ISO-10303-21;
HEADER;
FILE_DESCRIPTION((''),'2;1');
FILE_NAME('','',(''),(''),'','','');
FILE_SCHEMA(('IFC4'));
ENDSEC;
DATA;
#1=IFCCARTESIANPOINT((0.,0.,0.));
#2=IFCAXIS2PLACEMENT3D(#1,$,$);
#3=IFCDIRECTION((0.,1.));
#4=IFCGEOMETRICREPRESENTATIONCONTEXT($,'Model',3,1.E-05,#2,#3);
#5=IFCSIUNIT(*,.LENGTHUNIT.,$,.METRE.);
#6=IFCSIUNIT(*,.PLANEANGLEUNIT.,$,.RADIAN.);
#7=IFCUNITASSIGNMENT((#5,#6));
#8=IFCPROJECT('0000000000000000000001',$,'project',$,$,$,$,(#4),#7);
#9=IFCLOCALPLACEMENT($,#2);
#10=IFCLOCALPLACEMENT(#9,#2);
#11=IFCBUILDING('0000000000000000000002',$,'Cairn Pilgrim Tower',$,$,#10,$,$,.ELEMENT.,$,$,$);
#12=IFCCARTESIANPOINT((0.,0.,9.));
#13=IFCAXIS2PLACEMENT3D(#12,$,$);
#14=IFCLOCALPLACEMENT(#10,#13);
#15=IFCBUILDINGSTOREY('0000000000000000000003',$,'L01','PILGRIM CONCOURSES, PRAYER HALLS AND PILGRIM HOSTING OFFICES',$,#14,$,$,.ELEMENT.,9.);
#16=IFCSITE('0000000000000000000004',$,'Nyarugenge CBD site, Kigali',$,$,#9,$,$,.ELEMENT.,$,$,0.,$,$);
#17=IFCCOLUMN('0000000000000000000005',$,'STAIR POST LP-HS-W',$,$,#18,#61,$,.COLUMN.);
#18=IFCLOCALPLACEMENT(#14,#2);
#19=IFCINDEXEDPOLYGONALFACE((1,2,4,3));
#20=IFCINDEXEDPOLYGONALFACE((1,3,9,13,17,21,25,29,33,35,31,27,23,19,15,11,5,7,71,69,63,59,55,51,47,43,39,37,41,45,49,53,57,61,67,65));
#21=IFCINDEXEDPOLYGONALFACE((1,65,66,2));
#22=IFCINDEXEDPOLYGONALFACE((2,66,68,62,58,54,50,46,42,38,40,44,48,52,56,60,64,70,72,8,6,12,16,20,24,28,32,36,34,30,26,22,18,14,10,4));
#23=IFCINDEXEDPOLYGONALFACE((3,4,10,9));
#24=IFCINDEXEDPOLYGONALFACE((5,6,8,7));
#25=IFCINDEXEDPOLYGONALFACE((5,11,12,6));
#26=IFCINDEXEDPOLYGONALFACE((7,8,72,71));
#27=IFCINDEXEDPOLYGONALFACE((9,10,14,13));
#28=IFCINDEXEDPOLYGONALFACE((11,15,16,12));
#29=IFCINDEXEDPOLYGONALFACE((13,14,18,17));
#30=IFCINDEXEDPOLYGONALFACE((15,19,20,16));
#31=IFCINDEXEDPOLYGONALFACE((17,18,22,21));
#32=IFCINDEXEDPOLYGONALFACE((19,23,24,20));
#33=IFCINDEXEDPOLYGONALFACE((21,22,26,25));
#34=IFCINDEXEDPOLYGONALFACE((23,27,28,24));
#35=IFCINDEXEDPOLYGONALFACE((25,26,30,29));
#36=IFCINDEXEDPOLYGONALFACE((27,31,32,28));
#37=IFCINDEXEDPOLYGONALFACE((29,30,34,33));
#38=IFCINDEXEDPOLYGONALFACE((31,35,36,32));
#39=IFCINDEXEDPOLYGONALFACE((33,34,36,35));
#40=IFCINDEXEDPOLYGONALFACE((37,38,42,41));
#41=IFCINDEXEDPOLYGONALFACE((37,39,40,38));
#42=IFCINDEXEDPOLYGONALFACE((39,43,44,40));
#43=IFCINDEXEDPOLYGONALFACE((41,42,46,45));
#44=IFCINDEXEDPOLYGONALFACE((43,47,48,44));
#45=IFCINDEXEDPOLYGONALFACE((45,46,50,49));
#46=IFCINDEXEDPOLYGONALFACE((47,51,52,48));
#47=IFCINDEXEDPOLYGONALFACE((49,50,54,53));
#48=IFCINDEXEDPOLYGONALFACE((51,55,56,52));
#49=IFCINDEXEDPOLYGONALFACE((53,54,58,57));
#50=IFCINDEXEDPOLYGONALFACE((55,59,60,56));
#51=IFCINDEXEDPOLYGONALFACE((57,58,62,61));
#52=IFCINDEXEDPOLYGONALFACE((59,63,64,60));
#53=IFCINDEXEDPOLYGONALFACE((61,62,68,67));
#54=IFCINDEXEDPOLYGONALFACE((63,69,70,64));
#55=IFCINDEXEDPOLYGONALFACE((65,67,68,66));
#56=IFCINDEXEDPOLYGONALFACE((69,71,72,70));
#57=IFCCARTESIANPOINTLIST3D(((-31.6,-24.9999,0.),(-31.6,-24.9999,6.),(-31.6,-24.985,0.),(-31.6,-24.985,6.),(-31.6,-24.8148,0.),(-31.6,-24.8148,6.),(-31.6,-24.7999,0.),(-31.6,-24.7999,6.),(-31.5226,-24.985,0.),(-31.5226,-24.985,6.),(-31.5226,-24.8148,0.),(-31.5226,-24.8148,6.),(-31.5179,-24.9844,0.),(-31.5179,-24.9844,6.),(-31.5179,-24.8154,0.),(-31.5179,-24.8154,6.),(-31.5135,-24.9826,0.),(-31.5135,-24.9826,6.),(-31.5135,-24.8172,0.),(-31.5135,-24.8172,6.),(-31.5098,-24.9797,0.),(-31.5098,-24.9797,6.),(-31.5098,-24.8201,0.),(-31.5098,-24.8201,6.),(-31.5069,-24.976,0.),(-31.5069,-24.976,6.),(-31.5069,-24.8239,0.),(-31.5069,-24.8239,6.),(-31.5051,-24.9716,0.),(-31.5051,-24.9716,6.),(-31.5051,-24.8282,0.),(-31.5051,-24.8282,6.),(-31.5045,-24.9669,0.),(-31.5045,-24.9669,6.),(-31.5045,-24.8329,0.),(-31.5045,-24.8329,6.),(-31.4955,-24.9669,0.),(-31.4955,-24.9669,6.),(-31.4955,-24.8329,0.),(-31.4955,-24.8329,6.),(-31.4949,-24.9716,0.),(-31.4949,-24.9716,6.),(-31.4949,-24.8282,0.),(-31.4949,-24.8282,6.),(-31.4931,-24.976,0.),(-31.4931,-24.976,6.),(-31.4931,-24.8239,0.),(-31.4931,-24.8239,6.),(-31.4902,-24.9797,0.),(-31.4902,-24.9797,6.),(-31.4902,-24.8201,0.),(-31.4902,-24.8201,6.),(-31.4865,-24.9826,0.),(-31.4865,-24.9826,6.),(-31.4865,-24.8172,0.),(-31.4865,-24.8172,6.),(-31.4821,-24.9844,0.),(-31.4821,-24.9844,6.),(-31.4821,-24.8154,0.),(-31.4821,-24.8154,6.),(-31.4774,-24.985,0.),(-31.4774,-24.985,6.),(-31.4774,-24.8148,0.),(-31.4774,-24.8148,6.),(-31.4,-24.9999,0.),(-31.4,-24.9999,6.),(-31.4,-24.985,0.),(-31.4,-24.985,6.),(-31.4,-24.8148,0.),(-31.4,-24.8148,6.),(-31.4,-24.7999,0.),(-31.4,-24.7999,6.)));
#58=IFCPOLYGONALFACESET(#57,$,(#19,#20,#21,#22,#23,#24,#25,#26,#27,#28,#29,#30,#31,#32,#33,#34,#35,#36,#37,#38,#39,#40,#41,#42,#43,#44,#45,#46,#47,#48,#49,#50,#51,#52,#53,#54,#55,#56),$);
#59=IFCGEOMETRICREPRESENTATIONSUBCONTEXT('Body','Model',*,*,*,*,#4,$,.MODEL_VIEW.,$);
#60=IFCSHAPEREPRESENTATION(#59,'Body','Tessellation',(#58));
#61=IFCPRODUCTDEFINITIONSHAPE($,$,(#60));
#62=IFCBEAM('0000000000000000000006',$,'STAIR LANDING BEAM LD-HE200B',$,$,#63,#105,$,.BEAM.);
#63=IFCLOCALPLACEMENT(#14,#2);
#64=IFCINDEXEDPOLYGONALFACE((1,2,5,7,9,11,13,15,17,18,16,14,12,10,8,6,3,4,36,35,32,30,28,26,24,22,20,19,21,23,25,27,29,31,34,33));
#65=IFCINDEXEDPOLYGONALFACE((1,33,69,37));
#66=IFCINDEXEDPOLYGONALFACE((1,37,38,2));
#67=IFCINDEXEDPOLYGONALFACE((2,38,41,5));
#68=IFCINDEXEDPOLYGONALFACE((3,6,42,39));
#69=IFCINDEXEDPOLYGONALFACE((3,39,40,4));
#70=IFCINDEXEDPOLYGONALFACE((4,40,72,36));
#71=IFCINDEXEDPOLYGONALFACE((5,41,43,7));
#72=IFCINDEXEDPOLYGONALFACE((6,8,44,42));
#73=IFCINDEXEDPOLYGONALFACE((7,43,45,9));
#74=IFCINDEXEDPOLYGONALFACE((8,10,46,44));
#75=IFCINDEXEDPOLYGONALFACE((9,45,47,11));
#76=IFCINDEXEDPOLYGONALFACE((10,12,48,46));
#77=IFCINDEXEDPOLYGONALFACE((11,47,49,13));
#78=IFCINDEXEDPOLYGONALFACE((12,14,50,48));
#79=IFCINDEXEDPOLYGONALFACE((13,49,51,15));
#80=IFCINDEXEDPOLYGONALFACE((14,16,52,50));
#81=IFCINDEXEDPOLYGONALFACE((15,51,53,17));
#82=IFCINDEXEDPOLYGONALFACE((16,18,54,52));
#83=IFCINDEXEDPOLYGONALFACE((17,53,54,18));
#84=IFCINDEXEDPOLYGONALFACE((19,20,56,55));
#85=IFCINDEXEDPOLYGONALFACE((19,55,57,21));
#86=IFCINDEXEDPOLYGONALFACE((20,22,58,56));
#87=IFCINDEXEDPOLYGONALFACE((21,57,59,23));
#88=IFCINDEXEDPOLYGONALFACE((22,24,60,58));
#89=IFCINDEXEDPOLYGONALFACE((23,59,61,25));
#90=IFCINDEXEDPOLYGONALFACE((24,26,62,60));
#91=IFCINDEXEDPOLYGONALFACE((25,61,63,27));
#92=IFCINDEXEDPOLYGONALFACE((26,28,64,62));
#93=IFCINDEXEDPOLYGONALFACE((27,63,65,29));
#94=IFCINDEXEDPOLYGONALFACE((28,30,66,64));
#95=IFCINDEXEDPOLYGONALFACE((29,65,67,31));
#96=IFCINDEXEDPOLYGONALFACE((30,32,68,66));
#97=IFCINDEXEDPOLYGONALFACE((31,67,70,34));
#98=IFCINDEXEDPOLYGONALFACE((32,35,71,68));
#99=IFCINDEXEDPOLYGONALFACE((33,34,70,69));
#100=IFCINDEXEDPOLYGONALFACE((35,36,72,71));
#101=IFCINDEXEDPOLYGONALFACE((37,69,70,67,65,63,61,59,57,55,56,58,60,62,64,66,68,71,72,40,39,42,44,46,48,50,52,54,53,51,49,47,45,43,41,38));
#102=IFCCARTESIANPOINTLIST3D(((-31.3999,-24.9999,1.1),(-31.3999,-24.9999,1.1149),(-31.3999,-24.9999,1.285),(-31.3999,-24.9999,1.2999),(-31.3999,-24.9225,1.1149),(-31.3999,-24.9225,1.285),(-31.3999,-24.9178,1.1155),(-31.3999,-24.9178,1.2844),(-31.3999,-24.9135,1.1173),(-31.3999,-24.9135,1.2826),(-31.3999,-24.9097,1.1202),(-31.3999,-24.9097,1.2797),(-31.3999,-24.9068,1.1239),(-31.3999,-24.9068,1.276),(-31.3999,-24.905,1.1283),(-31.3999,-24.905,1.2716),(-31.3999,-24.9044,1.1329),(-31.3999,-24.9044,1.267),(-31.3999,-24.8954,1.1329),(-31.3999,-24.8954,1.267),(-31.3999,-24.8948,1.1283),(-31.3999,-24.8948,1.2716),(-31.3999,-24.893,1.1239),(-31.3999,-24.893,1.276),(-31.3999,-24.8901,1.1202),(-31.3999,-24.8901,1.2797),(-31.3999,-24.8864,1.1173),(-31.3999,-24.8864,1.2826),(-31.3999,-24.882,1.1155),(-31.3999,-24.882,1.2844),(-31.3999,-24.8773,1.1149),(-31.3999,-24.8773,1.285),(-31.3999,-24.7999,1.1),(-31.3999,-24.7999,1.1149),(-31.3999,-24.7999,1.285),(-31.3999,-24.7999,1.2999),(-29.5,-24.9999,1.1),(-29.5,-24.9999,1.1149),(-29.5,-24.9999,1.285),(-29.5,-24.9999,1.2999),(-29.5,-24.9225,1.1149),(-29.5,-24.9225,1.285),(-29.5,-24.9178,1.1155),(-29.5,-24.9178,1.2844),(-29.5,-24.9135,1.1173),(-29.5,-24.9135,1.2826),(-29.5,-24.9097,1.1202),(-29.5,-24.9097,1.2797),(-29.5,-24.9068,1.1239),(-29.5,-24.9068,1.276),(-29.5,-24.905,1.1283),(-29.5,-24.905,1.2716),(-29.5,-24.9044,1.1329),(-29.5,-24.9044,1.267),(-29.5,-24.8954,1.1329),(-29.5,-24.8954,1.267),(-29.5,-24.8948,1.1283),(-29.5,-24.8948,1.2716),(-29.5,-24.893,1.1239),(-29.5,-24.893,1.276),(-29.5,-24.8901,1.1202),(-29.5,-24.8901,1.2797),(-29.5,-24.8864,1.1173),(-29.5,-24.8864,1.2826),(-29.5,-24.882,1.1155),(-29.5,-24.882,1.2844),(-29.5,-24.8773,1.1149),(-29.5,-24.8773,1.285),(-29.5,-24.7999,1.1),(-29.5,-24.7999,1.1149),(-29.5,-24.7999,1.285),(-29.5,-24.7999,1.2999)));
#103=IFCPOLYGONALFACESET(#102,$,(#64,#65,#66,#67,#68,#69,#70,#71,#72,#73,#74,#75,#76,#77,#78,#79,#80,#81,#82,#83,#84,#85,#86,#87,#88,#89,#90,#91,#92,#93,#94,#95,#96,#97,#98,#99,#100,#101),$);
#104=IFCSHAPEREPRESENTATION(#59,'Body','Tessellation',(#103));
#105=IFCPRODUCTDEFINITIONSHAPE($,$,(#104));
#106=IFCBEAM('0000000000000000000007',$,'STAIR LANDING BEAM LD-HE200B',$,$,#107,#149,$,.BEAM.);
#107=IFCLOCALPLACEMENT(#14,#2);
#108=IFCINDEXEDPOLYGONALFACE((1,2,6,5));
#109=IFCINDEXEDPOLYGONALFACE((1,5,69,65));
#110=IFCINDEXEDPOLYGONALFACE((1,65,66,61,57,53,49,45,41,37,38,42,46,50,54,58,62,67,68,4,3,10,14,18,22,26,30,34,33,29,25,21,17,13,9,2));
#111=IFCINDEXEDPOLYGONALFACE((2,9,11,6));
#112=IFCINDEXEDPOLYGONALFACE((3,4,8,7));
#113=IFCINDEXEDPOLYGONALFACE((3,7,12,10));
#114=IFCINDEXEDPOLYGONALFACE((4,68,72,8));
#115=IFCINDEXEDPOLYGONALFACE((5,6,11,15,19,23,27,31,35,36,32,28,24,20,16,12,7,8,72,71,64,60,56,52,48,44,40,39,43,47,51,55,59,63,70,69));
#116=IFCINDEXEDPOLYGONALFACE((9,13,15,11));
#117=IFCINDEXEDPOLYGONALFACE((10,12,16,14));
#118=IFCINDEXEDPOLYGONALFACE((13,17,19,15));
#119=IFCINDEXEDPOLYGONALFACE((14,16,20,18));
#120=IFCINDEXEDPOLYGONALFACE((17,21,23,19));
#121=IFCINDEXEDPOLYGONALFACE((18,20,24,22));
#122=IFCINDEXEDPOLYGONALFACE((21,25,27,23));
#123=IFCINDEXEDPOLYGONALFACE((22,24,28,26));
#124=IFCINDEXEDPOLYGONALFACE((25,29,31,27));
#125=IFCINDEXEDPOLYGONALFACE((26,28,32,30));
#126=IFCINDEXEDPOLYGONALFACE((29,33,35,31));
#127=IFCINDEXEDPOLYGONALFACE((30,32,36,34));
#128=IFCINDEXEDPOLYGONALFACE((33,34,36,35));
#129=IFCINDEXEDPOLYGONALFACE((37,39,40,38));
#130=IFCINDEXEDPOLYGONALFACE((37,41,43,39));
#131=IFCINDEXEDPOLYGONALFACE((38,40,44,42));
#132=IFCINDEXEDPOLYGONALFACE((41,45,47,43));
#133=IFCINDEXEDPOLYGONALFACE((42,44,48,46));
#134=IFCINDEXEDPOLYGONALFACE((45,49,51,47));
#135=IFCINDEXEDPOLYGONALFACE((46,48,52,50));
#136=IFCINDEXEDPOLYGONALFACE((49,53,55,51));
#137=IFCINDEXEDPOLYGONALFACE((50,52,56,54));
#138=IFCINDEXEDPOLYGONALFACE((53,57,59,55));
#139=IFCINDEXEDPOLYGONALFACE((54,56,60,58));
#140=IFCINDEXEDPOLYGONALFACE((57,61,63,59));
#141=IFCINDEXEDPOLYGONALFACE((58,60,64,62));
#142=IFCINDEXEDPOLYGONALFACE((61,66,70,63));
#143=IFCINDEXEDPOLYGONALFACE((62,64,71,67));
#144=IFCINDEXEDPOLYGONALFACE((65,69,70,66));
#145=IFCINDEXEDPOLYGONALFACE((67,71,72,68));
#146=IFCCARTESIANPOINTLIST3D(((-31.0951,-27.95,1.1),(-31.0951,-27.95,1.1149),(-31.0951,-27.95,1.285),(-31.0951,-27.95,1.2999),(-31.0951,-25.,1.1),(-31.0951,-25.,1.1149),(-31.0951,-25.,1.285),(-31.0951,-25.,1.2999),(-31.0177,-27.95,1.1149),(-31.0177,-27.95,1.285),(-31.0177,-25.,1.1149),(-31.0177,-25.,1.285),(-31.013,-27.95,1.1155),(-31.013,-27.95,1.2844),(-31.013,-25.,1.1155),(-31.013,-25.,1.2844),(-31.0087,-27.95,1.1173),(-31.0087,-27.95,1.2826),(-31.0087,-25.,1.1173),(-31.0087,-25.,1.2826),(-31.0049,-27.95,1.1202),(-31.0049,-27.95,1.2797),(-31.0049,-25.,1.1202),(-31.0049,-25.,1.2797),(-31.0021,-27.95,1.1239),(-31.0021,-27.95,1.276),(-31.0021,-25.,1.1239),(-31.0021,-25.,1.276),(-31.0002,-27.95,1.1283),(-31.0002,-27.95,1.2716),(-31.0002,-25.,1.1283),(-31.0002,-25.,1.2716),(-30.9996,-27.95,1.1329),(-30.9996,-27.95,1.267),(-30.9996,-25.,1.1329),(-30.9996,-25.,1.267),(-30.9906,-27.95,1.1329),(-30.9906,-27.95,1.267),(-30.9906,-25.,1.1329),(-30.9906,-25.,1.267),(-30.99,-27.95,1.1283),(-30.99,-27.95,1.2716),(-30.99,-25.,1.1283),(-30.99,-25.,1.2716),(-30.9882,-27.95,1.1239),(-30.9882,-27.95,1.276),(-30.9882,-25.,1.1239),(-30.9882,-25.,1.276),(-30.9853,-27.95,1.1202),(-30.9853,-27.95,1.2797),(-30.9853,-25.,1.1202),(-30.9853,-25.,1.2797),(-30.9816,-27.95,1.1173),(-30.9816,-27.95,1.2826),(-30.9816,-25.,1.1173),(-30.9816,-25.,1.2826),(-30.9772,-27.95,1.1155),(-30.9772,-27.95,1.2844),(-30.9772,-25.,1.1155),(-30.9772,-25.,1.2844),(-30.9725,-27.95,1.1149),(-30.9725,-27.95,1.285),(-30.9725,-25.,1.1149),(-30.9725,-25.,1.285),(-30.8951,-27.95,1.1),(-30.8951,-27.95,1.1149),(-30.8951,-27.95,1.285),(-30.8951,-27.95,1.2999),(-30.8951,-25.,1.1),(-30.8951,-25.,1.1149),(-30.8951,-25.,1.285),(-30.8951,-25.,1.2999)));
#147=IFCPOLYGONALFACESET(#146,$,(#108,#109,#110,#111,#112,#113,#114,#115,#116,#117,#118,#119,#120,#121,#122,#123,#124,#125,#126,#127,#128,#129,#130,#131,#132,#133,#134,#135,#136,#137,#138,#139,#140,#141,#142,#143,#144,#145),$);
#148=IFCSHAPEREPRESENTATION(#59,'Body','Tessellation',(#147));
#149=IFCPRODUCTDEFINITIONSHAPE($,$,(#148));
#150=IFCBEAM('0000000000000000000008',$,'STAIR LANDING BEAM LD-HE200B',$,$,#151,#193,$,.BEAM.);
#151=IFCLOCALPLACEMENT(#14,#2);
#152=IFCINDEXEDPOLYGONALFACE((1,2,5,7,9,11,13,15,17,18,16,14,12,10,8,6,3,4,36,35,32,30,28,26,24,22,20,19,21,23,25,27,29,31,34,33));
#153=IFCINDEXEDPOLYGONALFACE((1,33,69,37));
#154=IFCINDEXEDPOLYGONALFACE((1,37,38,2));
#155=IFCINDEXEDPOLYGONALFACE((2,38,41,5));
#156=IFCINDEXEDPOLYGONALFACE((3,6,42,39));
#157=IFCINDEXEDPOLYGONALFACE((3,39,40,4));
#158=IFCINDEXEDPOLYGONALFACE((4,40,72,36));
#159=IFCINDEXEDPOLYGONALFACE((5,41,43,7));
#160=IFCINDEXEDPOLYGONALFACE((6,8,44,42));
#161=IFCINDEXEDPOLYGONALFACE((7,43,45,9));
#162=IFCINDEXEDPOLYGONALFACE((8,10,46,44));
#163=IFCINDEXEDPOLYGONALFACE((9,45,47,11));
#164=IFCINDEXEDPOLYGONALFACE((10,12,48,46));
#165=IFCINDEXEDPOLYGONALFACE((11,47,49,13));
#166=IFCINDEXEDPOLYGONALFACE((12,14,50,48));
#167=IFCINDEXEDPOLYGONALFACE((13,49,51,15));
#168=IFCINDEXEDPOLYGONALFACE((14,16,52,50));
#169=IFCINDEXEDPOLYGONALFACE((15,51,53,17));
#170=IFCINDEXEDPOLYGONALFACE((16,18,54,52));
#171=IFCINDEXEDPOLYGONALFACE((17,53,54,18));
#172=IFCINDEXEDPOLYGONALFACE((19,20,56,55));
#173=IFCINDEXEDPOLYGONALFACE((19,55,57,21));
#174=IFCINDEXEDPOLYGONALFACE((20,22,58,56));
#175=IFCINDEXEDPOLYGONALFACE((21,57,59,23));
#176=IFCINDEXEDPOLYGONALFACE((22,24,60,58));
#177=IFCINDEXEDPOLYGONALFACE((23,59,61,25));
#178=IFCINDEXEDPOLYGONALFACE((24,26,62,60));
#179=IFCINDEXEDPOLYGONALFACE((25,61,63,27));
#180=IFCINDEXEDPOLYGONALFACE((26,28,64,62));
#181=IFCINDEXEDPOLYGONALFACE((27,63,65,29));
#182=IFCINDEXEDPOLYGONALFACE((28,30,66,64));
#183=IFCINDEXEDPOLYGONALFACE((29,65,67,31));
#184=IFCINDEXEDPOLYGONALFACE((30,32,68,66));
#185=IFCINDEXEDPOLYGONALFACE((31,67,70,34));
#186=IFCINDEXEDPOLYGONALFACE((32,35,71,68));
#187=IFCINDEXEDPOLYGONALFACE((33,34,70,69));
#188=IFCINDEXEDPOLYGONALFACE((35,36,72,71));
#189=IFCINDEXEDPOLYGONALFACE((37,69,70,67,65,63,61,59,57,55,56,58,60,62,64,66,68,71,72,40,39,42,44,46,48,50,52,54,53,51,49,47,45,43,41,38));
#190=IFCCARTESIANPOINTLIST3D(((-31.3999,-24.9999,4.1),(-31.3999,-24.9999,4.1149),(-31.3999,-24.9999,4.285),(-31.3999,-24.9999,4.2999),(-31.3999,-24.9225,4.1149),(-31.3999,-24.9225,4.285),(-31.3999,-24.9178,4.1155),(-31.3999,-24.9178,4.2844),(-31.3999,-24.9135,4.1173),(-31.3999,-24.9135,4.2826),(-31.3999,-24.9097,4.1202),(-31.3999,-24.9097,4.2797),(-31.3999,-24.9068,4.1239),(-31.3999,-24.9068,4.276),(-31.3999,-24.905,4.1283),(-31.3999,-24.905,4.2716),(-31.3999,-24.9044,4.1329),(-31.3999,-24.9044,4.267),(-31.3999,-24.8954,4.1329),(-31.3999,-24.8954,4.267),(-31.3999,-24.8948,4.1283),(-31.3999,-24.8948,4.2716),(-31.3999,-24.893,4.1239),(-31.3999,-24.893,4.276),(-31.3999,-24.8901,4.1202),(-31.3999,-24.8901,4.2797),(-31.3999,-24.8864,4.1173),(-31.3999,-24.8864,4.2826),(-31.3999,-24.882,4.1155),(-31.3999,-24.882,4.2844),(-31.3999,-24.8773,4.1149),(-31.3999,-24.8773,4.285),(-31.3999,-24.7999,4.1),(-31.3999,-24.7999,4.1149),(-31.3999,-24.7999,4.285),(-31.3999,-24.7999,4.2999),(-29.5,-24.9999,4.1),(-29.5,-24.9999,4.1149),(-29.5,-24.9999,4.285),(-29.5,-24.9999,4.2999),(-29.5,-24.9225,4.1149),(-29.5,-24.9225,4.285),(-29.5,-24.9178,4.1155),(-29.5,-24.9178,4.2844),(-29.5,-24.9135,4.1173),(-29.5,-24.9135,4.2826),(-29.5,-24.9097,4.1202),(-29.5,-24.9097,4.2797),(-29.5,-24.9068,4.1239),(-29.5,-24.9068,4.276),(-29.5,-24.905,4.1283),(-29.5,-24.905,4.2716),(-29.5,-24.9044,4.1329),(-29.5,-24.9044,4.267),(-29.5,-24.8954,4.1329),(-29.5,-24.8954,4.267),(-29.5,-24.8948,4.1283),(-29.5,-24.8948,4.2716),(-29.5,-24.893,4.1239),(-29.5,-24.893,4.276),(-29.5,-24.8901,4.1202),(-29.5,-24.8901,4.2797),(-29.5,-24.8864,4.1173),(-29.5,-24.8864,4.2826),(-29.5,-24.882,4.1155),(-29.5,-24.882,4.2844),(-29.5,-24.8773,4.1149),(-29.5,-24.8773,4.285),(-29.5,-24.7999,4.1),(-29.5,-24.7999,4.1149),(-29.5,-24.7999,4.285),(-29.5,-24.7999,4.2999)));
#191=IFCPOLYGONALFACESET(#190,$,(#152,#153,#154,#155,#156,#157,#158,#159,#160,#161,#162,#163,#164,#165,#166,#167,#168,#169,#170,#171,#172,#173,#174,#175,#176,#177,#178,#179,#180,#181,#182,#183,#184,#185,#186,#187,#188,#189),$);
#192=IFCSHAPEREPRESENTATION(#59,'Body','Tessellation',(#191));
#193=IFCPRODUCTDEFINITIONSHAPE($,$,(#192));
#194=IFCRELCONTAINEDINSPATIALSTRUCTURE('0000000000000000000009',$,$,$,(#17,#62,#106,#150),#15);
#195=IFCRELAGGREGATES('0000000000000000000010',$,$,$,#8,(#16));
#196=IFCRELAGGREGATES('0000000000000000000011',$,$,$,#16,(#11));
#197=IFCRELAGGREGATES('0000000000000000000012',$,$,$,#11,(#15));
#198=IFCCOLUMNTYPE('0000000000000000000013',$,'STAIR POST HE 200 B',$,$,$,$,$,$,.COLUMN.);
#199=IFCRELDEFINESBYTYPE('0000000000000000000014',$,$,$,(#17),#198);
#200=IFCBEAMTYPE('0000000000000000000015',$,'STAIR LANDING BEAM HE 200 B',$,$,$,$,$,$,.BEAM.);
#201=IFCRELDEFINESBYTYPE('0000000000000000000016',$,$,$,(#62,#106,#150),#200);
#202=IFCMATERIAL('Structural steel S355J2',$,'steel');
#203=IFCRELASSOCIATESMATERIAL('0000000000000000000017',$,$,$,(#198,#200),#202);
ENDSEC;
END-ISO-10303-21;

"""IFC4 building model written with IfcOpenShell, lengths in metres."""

from ifc_helpers import new_model, si_unit, direction, frame, origin, origin_2d, place, context, subcontext, project, spatial, i_section, extrude, material, material_profile, profile_set, type_object, element, save


model = new_model("IFC4")

# Units and contexts
model_context = context("Model", 3, precision=1e-05, world=origin(), true_north=direction((0.0, 1.0)))
body_context = subcontext(model_context, "Body", "Model", "MODEL_VIEW")
ifc_project = project(units=[si_unit("LENGTHUNIT", "METRE"), si_unit("PLANEANGLEUNIT", "RADIAN")], contexts=[model_context])

# Site, building, storey
site_placement = place(None, origin())
site = spatial("IfcSite", under=ifc_project, at=site_placement, Name="Nyarugenge CBD site, Kigali", CompositionType="ELEMENT", RefElevation=0.0)
building_placement = place(site_placement, origin())
building = spatial("IfcBuilding", under=site, at=building_placement, Name="Cairn Pilgrim Tower", CompositionType="ELEMENT")
storey_placement = place(building_placement, frame((0.0, 0.0, 9.0)))
storey = spatial("IfcBuildingStorey", under=building, at=storey_placement, Name="L01", Description="PILGRIM CONCOURSES, PRAYER HALLS AND PILGRIM HOSTING OFFICES", CompositionType="ELEMENT", Elevation=9.0)

# Column
ifc_material_1 = material(Name="Structural steel S355J2", Category="steel")
ifc_material_profile_1 = material_profile(ifc_material_1, i_section(OverallWidth=0.2, OverallDepth=0.2, WebThickness=0.009, FlangeThickness=0.0149, FilletRadius=0.0181, at=origin_2d()), Name="HE 200 B")
ifc_profile_set_1 = profile_set([ifc_material_profile_1], Name="Structural steel S355J2")
column_type = type_object("IfcColumnType", Name="STAIR POST HE 200 B", PredefinedType="COLUMN", material=ifc_profile_set_1)
column_placement = place(storey_placement, frame((-31.5, -24.8999, 0.0), z_axis=(0.0, 0.0, 1.0), x_axis=(1.0, 0.0, 0.0)))
element("IfcColumn", 1, at=column_placement, inside=storey, type_object=column_type, Name="STAIR POST LP-HS-W", PredefinedType="COLUMN", context=body_context, shape_type="SweptSolid", body=[
    extrude(i_section(OverallWidth=0.2, OverallDepth=0.2, WebThickness=0.009, FlangeThickness=0.0149, FilletRadius=0.0181, at=origin_2d()), origin(), (0.0, 0.0, 1.0), 6.0),
])

# Beams
ifc_material_profile_2 = material_profile(ifc_material_1, i_section(OverallWidth=0.2, OverallDepth=0.2, WebThickness=0.009, FlangeThickness=0.0149, FilletRadius=0.0181, at=origin_2d()), Name="HE 200 B")
ifc_profile_set_2 = profile_set([ifc_material_profile_2], Name="Structural steel S355J2")
beam_type_1 = type_object("IfcBeamType", Name="STAIR LANDING BEAM HE 200 B", PredefinedType="BEAM", material=ifc_profile_set_2)
beam_1_placement = place(storey_placement, frame((-31.3999, -24.8999, 1.2), z_axis=(1.0, 0.0, 0.0), x_axis=(0.0, 1.0, 0.0)))
element("IfcBeam", 2, at=beam_1_placement, inside=storey, type_object=beam_type_1, Name="STAIR LANDING BEAM LD-HE200B", PredefinedType="BEAM", context=body_context, shape_type="SweptSolid", body=[
    extrude(i_section(OverallWidth=0.2, OverallDepth=0.2, WebThickness=0.009, FlangeThickness=0.0149, FilletRadius=0.0181, at=origin_2d()), origin(), (0.0, 0.0, 1.0), 1.8999),
])
beam_2_placement = place(storey_placement, frame((-30.9951, -27.95, 1.2), z_axis=(0.0, 1.0, 0.0), x_axis=(-1.0, 0.0, 0.0)))
element("IfcBeam", 3, at=beam_2_placement, inside=storey, type_object=beam_type_1, Name="STAIR LANDING BEAM LD-HE200B", PredefinedType="BEAM", context=body_context, shape_type="SweptSolid", body=[
    extrude(i_section(OverallWidth=0.2, OverallDepth=0.2, WebThickness=0.009, FlangeThickness=0.0149, FilletRadius=0.0181, at=origin_2d()), origin(), (0.0, 0.0, 1.0), 2.95),
])
beam_3_placement = place(storey_placement, frame((-31.3999, -24.8999, 4.2), z_axis=(1.0, 0.0, 0.0), x_axis=(0.0, 1.0, 0.0)))
element("IfcBeam", 4, at=beam_3_placement, inside=storey, type_object=beam_type_1, Name="STAIR LANDING BEAM LD-HE200B", PredefinedType="BEAM", context=body_context, shape_type="SweptSolid", body=[
    extrude(i_section(OverallWidth=0.2, OverallDepth=0.2, WebThickness=0.009, FlangeThickness=0.0149, FilletRadius=0.0181, at=origin_2d()), origin(), (0.0, 0.0, 1.0), 1.8999),
])

save(model, "model.ifc")
